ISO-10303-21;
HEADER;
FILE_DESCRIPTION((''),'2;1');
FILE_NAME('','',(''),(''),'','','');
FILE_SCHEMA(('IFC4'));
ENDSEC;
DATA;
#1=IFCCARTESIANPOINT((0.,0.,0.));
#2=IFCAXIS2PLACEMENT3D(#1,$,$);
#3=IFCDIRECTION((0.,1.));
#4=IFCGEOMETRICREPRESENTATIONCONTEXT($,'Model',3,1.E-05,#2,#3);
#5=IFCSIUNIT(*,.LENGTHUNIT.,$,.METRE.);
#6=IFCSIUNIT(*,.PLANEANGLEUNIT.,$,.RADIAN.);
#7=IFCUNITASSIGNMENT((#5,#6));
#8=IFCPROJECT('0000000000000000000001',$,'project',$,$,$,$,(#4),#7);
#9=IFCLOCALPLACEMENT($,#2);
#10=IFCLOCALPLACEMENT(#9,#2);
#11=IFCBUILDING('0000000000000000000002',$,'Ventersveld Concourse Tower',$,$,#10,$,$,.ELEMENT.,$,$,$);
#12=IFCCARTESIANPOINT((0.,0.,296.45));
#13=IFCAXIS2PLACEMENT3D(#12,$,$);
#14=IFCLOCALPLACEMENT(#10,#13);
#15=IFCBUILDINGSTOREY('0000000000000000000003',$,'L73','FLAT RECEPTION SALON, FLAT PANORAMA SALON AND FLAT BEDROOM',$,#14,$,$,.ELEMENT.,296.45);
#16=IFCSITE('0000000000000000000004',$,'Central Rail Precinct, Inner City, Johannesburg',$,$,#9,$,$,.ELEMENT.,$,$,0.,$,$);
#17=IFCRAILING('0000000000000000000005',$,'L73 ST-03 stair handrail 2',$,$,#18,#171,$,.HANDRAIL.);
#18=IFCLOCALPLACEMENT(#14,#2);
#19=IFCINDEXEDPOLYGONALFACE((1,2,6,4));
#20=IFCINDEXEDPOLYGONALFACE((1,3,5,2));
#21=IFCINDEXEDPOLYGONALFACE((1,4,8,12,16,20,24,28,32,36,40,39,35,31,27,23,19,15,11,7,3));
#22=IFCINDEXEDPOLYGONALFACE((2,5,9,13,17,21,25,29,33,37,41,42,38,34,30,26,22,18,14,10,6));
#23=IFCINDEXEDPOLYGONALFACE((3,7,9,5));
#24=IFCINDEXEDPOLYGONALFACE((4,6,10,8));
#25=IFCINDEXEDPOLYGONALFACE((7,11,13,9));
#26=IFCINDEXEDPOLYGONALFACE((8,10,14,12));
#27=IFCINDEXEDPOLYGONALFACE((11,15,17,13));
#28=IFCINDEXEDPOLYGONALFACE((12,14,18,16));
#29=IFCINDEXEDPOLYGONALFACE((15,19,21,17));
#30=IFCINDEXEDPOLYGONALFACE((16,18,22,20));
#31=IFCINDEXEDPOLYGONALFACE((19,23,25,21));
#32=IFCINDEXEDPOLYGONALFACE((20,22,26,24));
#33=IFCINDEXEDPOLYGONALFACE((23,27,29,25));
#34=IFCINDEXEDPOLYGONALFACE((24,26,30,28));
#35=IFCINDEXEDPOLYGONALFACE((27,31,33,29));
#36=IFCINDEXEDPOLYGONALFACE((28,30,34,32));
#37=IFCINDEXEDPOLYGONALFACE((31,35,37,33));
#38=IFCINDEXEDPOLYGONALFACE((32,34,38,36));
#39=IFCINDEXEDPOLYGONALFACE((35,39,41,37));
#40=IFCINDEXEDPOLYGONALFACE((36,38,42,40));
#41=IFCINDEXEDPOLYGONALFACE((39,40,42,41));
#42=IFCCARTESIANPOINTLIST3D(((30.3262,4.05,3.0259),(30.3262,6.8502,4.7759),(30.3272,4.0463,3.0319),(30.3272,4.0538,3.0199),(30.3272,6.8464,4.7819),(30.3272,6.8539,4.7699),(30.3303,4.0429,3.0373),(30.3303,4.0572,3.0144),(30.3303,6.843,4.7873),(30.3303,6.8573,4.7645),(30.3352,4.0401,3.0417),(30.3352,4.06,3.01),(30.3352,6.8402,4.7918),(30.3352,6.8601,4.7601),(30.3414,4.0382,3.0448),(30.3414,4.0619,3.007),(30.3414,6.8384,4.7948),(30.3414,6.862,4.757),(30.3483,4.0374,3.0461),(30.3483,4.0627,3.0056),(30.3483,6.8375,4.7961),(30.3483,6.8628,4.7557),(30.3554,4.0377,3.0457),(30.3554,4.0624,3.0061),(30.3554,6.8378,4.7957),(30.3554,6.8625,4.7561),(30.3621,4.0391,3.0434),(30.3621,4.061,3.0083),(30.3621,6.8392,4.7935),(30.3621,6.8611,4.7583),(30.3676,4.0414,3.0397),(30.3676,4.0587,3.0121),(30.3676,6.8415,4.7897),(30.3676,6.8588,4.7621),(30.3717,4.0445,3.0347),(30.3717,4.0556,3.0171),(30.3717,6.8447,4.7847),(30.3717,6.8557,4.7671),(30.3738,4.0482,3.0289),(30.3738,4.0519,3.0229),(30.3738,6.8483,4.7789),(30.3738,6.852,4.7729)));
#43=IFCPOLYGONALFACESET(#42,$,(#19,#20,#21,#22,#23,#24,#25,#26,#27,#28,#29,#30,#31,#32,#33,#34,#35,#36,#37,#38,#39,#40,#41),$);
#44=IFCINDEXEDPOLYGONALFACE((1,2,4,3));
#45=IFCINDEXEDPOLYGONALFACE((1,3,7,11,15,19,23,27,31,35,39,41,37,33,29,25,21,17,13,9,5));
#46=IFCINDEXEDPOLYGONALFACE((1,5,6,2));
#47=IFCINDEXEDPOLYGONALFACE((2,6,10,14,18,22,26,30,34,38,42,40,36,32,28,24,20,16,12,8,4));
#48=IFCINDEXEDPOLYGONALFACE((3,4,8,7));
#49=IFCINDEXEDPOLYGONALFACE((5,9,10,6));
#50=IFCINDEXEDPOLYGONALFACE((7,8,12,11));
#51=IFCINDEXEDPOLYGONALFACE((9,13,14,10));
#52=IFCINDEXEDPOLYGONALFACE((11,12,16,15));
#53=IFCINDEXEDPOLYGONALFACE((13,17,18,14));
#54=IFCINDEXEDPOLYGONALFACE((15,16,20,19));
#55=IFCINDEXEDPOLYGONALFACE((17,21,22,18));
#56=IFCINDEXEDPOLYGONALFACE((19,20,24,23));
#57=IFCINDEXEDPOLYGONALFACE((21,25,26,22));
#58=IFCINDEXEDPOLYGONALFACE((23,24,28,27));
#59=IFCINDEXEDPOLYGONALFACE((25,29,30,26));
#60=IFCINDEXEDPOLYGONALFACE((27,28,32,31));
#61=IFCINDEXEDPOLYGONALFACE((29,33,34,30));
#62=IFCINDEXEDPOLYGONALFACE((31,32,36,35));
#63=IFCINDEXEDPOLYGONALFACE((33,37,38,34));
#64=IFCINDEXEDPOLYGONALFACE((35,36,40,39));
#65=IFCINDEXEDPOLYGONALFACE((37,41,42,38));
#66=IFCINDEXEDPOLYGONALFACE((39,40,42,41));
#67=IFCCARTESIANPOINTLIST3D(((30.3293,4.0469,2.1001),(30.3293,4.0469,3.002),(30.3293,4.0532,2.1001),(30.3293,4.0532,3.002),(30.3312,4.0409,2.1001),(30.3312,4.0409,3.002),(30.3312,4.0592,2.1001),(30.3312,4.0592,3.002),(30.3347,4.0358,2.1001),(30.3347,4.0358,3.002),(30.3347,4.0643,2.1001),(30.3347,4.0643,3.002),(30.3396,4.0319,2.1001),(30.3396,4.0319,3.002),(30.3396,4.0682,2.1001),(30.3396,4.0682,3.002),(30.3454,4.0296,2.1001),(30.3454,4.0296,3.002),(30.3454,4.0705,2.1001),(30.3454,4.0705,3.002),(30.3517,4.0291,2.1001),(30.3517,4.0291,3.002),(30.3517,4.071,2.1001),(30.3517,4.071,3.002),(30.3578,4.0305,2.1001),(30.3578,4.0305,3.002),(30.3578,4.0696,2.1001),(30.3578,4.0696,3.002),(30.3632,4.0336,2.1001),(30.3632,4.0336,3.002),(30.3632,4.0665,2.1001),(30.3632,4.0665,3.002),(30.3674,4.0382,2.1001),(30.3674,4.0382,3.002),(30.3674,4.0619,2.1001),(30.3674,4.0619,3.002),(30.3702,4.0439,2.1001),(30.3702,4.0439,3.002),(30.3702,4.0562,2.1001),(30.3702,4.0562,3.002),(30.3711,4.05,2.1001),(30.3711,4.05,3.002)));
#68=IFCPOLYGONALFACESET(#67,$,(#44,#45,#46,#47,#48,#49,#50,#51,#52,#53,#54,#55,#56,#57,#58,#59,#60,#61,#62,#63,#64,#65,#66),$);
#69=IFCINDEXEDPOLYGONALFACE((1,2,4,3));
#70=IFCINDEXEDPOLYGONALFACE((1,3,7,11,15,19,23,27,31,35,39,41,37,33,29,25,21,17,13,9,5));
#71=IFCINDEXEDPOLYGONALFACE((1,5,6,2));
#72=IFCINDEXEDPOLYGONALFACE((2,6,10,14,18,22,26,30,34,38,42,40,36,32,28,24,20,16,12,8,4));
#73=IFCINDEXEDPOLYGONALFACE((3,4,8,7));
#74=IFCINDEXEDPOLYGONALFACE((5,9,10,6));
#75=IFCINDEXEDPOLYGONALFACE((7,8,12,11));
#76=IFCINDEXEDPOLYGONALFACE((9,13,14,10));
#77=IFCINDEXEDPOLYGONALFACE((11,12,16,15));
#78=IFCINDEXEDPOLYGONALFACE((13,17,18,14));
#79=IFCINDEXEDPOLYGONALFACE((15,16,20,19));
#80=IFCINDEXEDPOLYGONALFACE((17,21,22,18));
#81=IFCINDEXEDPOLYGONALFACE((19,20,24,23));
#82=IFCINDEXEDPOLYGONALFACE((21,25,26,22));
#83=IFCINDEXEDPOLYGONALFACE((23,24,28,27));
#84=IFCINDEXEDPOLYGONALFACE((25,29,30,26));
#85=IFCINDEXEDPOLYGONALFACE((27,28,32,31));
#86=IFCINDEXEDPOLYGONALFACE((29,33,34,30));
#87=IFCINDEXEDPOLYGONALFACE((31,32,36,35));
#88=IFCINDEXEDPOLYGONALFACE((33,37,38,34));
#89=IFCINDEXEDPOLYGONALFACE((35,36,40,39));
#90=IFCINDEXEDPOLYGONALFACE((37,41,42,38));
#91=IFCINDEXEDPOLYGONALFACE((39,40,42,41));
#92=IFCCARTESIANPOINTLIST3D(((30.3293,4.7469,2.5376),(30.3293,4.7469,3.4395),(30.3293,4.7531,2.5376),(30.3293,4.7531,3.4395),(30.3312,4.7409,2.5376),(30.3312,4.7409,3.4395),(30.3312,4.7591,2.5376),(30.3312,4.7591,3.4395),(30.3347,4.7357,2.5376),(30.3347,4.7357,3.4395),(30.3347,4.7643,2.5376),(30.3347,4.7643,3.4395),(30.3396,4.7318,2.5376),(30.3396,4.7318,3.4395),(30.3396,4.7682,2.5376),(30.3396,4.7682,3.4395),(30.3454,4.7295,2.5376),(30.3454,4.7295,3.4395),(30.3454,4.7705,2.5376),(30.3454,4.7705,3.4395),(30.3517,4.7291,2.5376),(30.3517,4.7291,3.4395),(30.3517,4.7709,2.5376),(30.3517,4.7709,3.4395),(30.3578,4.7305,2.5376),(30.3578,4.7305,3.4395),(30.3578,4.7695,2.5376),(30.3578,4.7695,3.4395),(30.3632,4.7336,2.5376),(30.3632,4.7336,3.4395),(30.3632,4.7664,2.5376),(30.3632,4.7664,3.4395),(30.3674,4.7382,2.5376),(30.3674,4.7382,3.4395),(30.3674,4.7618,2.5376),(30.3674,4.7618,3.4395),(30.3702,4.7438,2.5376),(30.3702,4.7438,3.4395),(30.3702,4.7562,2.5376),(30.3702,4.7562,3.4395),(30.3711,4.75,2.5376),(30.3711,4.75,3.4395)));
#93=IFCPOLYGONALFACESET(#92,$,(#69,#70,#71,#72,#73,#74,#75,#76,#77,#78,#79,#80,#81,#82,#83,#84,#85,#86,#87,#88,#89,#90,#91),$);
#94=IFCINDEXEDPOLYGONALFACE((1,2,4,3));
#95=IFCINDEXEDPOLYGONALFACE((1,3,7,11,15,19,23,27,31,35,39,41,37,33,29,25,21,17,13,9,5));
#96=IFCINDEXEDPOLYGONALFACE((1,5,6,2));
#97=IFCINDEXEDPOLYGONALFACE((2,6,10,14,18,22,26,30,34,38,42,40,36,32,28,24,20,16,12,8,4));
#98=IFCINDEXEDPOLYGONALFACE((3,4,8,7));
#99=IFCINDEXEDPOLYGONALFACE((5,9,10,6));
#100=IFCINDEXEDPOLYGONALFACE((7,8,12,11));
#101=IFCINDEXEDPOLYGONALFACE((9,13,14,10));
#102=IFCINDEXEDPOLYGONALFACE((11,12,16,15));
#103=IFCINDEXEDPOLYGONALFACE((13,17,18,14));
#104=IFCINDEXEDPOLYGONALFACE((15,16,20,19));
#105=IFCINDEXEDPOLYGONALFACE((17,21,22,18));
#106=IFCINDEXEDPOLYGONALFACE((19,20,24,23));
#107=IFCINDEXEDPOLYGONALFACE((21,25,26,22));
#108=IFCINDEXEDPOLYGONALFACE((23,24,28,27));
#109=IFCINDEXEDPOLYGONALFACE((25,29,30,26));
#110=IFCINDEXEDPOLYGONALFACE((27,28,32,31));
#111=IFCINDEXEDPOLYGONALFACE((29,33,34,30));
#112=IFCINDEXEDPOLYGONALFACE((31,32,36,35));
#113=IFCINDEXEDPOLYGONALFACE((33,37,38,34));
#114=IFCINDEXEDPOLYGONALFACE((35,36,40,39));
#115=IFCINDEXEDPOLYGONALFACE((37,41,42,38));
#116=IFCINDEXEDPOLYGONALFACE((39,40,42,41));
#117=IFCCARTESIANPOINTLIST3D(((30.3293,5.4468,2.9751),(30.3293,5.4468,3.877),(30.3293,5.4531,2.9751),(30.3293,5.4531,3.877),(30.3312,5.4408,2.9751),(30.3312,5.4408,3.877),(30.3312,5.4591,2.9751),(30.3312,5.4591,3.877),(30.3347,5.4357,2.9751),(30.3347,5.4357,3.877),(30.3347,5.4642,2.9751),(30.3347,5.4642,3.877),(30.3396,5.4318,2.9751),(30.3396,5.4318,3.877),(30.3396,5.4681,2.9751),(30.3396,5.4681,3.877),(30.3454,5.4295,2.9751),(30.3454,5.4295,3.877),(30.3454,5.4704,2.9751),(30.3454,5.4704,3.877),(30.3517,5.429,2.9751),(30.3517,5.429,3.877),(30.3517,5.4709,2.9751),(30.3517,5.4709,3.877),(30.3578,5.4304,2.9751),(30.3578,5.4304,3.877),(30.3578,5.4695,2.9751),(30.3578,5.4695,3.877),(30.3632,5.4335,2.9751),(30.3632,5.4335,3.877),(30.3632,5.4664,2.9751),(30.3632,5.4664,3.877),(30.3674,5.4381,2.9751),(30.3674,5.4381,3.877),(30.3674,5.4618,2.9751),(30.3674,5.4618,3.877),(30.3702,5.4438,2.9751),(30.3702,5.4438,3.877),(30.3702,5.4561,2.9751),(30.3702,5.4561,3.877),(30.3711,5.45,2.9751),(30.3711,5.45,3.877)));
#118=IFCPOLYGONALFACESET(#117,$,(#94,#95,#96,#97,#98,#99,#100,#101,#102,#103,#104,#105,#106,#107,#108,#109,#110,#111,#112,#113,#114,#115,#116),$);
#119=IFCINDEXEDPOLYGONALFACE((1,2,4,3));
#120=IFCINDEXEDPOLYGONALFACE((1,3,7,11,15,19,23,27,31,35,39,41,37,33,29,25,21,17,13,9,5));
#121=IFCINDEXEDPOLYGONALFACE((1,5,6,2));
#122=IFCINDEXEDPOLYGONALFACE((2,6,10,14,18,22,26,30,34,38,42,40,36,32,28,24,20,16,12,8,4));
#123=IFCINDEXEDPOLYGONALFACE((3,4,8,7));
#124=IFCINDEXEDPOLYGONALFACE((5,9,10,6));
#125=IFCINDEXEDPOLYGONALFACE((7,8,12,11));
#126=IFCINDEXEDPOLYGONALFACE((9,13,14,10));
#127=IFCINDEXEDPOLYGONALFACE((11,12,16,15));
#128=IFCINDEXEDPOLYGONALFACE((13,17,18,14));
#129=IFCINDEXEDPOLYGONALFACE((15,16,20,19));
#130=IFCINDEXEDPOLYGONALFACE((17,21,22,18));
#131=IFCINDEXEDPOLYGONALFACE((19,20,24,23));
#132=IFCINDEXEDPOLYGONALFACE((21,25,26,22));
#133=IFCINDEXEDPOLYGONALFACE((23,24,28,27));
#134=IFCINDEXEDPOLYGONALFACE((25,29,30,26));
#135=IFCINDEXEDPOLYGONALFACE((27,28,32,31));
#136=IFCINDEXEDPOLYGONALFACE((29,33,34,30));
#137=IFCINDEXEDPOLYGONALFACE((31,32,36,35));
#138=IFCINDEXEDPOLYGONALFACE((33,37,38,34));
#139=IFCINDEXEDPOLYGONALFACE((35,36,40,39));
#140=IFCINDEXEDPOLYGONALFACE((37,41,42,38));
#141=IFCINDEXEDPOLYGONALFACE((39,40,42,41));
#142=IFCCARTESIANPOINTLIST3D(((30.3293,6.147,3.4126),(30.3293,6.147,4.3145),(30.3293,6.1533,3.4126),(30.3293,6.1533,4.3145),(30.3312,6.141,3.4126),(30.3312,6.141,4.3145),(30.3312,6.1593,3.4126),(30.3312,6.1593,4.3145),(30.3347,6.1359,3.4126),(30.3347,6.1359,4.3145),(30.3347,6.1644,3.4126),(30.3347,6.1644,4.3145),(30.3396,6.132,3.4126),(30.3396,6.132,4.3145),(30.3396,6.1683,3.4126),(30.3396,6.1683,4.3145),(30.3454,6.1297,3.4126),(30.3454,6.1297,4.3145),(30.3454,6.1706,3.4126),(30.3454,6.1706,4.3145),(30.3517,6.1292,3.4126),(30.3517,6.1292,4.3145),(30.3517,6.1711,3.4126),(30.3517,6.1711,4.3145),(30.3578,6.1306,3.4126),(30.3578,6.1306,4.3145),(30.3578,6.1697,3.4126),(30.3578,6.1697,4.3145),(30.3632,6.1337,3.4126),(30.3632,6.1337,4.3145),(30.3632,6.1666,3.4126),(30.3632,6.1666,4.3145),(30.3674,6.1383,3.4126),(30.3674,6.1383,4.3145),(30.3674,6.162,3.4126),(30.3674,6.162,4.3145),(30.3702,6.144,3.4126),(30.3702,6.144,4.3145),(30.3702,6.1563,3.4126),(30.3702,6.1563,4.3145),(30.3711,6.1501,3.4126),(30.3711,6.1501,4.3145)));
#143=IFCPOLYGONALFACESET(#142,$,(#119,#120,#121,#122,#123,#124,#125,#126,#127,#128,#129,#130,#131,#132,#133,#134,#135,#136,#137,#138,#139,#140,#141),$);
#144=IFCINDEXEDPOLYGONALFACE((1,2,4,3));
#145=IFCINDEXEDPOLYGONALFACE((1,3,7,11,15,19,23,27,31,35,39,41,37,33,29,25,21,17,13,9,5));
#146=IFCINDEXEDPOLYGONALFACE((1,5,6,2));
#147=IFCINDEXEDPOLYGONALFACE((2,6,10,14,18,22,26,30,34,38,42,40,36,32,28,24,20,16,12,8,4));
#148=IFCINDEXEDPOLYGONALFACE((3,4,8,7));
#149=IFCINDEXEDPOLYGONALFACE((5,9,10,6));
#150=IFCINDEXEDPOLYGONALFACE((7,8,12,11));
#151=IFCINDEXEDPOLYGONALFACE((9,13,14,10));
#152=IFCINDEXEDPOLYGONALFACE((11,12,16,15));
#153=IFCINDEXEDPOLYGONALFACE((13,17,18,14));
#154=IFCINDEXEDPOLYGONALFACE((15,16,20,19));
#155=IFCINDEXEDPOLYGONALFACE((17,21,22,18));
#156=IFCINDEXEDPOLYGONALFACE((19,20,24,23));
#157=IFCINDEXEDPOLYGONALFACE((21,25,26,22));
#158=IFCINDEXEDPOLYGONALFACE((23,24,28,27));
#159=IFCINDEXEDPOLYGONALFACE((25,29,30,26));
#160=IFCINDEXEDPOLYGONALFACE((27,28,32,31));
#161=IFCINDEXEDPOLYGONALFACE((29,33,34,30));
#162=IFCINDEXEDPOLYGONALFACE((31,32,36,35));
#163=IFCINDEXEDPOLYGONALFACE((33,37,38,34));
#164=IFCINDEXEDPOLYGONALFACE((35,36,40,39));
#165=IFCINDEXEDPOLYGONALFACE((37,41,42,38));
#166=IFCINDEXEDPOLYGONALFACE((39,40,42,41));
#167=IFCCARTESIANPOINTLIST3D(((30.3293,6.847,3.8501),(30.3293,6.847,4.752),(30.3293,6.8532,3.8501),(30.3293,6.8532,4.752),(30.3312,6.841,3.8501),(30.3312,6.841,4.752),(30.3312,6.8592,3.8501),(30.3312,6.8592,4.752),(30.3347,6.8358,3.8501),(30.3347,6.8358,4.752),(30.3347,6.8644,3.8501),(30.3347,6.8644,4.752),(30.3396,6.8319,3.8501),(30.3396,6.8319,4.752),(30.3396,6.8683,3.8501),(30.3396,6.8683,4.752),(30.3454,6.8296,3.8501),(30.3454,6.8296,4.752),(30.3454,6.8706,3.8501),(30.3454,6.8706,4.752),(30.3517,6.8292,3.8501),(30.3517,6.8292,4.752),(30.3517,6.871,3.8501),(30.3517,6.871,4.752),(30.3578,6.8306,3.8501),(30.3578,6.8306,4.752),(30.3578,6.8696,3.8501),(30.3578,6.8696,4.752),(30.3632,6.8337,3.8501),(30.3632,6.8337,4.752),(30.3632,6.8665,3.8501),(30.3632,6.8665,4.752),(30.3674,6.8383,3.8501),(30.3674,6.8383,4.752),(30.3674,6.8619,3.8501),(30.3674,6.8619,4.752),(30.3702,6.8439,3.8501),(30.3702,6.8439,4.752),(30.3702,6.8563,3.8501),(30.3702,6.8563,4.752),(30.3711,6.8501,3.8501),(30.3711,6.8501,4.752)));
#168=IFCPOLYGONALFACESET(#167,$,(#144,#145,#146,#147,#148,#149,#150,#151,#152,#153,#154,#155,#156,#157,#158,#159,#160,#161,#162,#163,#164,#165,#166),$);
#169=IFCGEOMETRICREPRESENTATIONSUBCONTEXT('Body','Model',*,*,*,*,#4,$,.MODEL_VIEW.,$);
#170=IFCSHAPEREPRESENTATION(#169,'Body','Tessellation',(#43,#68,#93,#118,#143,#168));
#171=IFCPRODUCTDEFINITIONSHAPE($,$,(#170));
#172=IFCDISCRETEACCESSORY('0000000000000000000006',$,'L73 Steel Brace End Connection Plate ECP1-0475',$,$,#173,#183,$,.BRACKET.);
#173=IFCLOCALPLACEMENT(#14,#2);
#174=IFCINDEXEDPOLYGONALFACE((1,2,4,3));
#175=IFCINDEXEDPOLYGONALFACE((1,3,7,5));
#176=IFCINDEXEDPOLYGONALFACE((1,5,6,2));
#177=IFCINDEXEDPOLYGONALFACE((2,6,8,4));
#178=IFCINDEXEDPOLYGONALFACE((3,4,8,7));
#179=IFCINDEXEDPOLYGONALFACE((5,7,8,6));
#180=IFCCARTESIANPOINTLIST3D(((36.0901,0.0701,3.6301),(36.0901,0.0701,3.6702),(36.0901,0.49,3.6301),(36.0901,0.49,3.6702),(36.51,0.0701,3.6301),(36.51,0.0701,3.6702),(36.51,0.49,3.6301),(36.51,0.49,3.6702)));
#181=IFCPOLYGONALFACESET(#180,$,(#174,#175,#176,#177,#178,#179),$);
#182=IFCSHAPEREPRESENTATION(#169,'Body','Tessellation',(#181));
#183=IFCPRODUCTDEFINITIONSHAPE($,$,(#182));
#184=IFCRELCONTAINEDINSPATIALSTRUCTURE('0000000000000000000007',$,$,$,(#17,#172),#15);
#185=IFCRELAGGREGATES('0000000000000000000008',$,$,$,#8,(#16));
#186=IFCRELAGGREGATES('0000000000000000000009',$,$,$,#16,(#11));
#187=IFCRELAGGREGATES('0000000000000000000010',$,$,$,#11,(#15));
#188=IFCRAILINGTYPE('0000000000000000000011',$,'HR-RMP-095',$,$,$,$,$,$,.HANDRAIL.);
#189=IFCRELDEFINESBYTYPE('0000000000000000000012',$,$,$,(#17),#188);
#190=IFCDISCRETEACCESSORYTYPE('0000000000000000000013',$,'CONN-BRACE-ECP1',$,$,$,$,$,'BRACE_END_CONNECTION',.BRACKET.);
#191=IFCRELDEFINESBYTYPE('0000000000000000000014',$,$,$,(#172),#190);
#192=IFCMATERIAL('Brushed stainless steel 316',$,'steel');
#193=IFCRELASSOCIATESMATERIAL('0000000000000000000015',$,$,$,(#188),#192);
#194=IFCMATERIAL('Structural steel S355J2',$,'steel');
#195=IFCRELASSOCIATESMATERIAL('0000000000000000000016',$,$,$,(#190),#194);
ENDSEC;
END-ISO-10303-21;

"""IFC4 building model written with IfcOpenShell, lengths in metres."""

from ifc_helpers import new_model, si_unit, direction, frame, origin, origin_2d, place, context, subcontext, project, spatial, rectangle, circle, extrude, material, type_object, element, save


model = new_model("IFC4")

# Units and contexts
model_context = context("Model", 3, precision=1e-05, world=origin(), true_north=direction((0.0, 1.0)))
body_context = subcontext(model_context, "Body", "Model", "MODEL_VIEW")
ifc_project = project(units=[si_unit("LENGTHUNIT", "METRE"), si_unit("PLANEANGLEUNIT", "RADIAN")], contexts=[model_context])

# Site, building, storey
site_placement = place(None, origin())
site = spatial("IfcSite", under=ifc_project, at=site_placement, Name="Central Rail Precinct, Inner City, Johannesburg", CompositionType="ELEMENT", RefElevation=0.0)
building_placement = place(site_placement, origin())
building = spatial("IfcBuilding", under=site, at=building_placement, Name="Ventersveld Concourse Tower", CompositionType="ELEMENT")
storey_placement = place(building_placement, frame((0.0, 0.0, 296.45)))
storey = spatial("IfcBuildingStorey", under=building, at=storey_placement, Name="L73", Description="FLAT RECEPTION SALON, FLAT PANORAMA SALON AND FLAT BEDROOM", CompositionType="ELEMENT", Elevation=296.45)

# Shared definitions
ifc_material_1 = material(Name="Structural steel S355J2", Category="steel")

# Shared definitions
ifc_material_2 = material(Name="Brushed stainless steel 316", Category="steel")

# Railing
railing_type_1 = type_object("IfcRailingType", Name="HR-RMP-095", PredefinedType="HANDRAIL", material=ifc_material_2)
railing_1_placement = place(storey_placement, frame((30.3501, 4.05, 2.1001)))
element("IfcRailing", 1, at=railing_1_placement, inside=storey, type_object=railing_type_1, Name="L73 ST-03 stair handrail 2", PredefinedType="HANDRAIL", context=body_context, shape_type="SweptSolid", body=[
    extrude(circle(Radius=0.0239, at=origin_2d()), frame((0.0, 0.0, 0.9258), z_axis=(0.0, 0.848002, 0.529992), x_axis=(-1.0, 0.0, 0.0)), (0.0, 0.0, 1.0), 3.302),
    extrude(circle(Radius=0.021, at=origin_2d()), origin(), (0.0, 0.0, 1.0), 0.9019),
    extrude(circle(Radius=0.021, at=origin_2d()), frame((0.0, 0.7, 0.4375)), (0.0, 0.0, 1.0), 0.9019),
    extrude(circle(Radius=0.021, at=origin_2d()), frame((0.0, 1.3999, 0.875)), (0.0, 0.0, 1.0), 0.9019),
    extrude(circle(Radius=0.021, at=origin_2d()), frame((0.0, 2.1001, 1.3125)), (0.0, 0.0, 1.0), 0.9019),
    extrude(circle(Radius=0.021, at=origin_2d()), frame((0.0, 2.8, 1.75)), (0.0, 0.0, 1.0), 0.9019),
])

# Discrete accessory
discrete_accessory_type = type_object("IfcDiscreteAccessoryType", Name="CONN-BRACE-ECP1", ElementType="BRACE_END_CONNECTION", PredefinedType="BRACKET", material=ifc_material_1)
discrete_accessory_placement = place(storey_placement, frame((36.3, 0.28, 3.6301), z_axis=(0.0, 0.0, 1.0), x_axis=(1.0, 0.0, 0.0)))
element("IfcDiscreteAccessory", 2, at=discrete_accessory_placement, inside=storey, type_object=discrete_accessory_type, Name="L73 Steel Brace End Connection Plate ECP1-0475", PredefinedType="BRACKET", context=body_context, shape_type="SweptSolid", body=[
    extrude(rectangle(XDim=0.4199, YDim=0.4199, at=origin_2d()), origin(), (0.0, 0.0, 1.0), 0.04),
])

save(model, "model.ifc")
